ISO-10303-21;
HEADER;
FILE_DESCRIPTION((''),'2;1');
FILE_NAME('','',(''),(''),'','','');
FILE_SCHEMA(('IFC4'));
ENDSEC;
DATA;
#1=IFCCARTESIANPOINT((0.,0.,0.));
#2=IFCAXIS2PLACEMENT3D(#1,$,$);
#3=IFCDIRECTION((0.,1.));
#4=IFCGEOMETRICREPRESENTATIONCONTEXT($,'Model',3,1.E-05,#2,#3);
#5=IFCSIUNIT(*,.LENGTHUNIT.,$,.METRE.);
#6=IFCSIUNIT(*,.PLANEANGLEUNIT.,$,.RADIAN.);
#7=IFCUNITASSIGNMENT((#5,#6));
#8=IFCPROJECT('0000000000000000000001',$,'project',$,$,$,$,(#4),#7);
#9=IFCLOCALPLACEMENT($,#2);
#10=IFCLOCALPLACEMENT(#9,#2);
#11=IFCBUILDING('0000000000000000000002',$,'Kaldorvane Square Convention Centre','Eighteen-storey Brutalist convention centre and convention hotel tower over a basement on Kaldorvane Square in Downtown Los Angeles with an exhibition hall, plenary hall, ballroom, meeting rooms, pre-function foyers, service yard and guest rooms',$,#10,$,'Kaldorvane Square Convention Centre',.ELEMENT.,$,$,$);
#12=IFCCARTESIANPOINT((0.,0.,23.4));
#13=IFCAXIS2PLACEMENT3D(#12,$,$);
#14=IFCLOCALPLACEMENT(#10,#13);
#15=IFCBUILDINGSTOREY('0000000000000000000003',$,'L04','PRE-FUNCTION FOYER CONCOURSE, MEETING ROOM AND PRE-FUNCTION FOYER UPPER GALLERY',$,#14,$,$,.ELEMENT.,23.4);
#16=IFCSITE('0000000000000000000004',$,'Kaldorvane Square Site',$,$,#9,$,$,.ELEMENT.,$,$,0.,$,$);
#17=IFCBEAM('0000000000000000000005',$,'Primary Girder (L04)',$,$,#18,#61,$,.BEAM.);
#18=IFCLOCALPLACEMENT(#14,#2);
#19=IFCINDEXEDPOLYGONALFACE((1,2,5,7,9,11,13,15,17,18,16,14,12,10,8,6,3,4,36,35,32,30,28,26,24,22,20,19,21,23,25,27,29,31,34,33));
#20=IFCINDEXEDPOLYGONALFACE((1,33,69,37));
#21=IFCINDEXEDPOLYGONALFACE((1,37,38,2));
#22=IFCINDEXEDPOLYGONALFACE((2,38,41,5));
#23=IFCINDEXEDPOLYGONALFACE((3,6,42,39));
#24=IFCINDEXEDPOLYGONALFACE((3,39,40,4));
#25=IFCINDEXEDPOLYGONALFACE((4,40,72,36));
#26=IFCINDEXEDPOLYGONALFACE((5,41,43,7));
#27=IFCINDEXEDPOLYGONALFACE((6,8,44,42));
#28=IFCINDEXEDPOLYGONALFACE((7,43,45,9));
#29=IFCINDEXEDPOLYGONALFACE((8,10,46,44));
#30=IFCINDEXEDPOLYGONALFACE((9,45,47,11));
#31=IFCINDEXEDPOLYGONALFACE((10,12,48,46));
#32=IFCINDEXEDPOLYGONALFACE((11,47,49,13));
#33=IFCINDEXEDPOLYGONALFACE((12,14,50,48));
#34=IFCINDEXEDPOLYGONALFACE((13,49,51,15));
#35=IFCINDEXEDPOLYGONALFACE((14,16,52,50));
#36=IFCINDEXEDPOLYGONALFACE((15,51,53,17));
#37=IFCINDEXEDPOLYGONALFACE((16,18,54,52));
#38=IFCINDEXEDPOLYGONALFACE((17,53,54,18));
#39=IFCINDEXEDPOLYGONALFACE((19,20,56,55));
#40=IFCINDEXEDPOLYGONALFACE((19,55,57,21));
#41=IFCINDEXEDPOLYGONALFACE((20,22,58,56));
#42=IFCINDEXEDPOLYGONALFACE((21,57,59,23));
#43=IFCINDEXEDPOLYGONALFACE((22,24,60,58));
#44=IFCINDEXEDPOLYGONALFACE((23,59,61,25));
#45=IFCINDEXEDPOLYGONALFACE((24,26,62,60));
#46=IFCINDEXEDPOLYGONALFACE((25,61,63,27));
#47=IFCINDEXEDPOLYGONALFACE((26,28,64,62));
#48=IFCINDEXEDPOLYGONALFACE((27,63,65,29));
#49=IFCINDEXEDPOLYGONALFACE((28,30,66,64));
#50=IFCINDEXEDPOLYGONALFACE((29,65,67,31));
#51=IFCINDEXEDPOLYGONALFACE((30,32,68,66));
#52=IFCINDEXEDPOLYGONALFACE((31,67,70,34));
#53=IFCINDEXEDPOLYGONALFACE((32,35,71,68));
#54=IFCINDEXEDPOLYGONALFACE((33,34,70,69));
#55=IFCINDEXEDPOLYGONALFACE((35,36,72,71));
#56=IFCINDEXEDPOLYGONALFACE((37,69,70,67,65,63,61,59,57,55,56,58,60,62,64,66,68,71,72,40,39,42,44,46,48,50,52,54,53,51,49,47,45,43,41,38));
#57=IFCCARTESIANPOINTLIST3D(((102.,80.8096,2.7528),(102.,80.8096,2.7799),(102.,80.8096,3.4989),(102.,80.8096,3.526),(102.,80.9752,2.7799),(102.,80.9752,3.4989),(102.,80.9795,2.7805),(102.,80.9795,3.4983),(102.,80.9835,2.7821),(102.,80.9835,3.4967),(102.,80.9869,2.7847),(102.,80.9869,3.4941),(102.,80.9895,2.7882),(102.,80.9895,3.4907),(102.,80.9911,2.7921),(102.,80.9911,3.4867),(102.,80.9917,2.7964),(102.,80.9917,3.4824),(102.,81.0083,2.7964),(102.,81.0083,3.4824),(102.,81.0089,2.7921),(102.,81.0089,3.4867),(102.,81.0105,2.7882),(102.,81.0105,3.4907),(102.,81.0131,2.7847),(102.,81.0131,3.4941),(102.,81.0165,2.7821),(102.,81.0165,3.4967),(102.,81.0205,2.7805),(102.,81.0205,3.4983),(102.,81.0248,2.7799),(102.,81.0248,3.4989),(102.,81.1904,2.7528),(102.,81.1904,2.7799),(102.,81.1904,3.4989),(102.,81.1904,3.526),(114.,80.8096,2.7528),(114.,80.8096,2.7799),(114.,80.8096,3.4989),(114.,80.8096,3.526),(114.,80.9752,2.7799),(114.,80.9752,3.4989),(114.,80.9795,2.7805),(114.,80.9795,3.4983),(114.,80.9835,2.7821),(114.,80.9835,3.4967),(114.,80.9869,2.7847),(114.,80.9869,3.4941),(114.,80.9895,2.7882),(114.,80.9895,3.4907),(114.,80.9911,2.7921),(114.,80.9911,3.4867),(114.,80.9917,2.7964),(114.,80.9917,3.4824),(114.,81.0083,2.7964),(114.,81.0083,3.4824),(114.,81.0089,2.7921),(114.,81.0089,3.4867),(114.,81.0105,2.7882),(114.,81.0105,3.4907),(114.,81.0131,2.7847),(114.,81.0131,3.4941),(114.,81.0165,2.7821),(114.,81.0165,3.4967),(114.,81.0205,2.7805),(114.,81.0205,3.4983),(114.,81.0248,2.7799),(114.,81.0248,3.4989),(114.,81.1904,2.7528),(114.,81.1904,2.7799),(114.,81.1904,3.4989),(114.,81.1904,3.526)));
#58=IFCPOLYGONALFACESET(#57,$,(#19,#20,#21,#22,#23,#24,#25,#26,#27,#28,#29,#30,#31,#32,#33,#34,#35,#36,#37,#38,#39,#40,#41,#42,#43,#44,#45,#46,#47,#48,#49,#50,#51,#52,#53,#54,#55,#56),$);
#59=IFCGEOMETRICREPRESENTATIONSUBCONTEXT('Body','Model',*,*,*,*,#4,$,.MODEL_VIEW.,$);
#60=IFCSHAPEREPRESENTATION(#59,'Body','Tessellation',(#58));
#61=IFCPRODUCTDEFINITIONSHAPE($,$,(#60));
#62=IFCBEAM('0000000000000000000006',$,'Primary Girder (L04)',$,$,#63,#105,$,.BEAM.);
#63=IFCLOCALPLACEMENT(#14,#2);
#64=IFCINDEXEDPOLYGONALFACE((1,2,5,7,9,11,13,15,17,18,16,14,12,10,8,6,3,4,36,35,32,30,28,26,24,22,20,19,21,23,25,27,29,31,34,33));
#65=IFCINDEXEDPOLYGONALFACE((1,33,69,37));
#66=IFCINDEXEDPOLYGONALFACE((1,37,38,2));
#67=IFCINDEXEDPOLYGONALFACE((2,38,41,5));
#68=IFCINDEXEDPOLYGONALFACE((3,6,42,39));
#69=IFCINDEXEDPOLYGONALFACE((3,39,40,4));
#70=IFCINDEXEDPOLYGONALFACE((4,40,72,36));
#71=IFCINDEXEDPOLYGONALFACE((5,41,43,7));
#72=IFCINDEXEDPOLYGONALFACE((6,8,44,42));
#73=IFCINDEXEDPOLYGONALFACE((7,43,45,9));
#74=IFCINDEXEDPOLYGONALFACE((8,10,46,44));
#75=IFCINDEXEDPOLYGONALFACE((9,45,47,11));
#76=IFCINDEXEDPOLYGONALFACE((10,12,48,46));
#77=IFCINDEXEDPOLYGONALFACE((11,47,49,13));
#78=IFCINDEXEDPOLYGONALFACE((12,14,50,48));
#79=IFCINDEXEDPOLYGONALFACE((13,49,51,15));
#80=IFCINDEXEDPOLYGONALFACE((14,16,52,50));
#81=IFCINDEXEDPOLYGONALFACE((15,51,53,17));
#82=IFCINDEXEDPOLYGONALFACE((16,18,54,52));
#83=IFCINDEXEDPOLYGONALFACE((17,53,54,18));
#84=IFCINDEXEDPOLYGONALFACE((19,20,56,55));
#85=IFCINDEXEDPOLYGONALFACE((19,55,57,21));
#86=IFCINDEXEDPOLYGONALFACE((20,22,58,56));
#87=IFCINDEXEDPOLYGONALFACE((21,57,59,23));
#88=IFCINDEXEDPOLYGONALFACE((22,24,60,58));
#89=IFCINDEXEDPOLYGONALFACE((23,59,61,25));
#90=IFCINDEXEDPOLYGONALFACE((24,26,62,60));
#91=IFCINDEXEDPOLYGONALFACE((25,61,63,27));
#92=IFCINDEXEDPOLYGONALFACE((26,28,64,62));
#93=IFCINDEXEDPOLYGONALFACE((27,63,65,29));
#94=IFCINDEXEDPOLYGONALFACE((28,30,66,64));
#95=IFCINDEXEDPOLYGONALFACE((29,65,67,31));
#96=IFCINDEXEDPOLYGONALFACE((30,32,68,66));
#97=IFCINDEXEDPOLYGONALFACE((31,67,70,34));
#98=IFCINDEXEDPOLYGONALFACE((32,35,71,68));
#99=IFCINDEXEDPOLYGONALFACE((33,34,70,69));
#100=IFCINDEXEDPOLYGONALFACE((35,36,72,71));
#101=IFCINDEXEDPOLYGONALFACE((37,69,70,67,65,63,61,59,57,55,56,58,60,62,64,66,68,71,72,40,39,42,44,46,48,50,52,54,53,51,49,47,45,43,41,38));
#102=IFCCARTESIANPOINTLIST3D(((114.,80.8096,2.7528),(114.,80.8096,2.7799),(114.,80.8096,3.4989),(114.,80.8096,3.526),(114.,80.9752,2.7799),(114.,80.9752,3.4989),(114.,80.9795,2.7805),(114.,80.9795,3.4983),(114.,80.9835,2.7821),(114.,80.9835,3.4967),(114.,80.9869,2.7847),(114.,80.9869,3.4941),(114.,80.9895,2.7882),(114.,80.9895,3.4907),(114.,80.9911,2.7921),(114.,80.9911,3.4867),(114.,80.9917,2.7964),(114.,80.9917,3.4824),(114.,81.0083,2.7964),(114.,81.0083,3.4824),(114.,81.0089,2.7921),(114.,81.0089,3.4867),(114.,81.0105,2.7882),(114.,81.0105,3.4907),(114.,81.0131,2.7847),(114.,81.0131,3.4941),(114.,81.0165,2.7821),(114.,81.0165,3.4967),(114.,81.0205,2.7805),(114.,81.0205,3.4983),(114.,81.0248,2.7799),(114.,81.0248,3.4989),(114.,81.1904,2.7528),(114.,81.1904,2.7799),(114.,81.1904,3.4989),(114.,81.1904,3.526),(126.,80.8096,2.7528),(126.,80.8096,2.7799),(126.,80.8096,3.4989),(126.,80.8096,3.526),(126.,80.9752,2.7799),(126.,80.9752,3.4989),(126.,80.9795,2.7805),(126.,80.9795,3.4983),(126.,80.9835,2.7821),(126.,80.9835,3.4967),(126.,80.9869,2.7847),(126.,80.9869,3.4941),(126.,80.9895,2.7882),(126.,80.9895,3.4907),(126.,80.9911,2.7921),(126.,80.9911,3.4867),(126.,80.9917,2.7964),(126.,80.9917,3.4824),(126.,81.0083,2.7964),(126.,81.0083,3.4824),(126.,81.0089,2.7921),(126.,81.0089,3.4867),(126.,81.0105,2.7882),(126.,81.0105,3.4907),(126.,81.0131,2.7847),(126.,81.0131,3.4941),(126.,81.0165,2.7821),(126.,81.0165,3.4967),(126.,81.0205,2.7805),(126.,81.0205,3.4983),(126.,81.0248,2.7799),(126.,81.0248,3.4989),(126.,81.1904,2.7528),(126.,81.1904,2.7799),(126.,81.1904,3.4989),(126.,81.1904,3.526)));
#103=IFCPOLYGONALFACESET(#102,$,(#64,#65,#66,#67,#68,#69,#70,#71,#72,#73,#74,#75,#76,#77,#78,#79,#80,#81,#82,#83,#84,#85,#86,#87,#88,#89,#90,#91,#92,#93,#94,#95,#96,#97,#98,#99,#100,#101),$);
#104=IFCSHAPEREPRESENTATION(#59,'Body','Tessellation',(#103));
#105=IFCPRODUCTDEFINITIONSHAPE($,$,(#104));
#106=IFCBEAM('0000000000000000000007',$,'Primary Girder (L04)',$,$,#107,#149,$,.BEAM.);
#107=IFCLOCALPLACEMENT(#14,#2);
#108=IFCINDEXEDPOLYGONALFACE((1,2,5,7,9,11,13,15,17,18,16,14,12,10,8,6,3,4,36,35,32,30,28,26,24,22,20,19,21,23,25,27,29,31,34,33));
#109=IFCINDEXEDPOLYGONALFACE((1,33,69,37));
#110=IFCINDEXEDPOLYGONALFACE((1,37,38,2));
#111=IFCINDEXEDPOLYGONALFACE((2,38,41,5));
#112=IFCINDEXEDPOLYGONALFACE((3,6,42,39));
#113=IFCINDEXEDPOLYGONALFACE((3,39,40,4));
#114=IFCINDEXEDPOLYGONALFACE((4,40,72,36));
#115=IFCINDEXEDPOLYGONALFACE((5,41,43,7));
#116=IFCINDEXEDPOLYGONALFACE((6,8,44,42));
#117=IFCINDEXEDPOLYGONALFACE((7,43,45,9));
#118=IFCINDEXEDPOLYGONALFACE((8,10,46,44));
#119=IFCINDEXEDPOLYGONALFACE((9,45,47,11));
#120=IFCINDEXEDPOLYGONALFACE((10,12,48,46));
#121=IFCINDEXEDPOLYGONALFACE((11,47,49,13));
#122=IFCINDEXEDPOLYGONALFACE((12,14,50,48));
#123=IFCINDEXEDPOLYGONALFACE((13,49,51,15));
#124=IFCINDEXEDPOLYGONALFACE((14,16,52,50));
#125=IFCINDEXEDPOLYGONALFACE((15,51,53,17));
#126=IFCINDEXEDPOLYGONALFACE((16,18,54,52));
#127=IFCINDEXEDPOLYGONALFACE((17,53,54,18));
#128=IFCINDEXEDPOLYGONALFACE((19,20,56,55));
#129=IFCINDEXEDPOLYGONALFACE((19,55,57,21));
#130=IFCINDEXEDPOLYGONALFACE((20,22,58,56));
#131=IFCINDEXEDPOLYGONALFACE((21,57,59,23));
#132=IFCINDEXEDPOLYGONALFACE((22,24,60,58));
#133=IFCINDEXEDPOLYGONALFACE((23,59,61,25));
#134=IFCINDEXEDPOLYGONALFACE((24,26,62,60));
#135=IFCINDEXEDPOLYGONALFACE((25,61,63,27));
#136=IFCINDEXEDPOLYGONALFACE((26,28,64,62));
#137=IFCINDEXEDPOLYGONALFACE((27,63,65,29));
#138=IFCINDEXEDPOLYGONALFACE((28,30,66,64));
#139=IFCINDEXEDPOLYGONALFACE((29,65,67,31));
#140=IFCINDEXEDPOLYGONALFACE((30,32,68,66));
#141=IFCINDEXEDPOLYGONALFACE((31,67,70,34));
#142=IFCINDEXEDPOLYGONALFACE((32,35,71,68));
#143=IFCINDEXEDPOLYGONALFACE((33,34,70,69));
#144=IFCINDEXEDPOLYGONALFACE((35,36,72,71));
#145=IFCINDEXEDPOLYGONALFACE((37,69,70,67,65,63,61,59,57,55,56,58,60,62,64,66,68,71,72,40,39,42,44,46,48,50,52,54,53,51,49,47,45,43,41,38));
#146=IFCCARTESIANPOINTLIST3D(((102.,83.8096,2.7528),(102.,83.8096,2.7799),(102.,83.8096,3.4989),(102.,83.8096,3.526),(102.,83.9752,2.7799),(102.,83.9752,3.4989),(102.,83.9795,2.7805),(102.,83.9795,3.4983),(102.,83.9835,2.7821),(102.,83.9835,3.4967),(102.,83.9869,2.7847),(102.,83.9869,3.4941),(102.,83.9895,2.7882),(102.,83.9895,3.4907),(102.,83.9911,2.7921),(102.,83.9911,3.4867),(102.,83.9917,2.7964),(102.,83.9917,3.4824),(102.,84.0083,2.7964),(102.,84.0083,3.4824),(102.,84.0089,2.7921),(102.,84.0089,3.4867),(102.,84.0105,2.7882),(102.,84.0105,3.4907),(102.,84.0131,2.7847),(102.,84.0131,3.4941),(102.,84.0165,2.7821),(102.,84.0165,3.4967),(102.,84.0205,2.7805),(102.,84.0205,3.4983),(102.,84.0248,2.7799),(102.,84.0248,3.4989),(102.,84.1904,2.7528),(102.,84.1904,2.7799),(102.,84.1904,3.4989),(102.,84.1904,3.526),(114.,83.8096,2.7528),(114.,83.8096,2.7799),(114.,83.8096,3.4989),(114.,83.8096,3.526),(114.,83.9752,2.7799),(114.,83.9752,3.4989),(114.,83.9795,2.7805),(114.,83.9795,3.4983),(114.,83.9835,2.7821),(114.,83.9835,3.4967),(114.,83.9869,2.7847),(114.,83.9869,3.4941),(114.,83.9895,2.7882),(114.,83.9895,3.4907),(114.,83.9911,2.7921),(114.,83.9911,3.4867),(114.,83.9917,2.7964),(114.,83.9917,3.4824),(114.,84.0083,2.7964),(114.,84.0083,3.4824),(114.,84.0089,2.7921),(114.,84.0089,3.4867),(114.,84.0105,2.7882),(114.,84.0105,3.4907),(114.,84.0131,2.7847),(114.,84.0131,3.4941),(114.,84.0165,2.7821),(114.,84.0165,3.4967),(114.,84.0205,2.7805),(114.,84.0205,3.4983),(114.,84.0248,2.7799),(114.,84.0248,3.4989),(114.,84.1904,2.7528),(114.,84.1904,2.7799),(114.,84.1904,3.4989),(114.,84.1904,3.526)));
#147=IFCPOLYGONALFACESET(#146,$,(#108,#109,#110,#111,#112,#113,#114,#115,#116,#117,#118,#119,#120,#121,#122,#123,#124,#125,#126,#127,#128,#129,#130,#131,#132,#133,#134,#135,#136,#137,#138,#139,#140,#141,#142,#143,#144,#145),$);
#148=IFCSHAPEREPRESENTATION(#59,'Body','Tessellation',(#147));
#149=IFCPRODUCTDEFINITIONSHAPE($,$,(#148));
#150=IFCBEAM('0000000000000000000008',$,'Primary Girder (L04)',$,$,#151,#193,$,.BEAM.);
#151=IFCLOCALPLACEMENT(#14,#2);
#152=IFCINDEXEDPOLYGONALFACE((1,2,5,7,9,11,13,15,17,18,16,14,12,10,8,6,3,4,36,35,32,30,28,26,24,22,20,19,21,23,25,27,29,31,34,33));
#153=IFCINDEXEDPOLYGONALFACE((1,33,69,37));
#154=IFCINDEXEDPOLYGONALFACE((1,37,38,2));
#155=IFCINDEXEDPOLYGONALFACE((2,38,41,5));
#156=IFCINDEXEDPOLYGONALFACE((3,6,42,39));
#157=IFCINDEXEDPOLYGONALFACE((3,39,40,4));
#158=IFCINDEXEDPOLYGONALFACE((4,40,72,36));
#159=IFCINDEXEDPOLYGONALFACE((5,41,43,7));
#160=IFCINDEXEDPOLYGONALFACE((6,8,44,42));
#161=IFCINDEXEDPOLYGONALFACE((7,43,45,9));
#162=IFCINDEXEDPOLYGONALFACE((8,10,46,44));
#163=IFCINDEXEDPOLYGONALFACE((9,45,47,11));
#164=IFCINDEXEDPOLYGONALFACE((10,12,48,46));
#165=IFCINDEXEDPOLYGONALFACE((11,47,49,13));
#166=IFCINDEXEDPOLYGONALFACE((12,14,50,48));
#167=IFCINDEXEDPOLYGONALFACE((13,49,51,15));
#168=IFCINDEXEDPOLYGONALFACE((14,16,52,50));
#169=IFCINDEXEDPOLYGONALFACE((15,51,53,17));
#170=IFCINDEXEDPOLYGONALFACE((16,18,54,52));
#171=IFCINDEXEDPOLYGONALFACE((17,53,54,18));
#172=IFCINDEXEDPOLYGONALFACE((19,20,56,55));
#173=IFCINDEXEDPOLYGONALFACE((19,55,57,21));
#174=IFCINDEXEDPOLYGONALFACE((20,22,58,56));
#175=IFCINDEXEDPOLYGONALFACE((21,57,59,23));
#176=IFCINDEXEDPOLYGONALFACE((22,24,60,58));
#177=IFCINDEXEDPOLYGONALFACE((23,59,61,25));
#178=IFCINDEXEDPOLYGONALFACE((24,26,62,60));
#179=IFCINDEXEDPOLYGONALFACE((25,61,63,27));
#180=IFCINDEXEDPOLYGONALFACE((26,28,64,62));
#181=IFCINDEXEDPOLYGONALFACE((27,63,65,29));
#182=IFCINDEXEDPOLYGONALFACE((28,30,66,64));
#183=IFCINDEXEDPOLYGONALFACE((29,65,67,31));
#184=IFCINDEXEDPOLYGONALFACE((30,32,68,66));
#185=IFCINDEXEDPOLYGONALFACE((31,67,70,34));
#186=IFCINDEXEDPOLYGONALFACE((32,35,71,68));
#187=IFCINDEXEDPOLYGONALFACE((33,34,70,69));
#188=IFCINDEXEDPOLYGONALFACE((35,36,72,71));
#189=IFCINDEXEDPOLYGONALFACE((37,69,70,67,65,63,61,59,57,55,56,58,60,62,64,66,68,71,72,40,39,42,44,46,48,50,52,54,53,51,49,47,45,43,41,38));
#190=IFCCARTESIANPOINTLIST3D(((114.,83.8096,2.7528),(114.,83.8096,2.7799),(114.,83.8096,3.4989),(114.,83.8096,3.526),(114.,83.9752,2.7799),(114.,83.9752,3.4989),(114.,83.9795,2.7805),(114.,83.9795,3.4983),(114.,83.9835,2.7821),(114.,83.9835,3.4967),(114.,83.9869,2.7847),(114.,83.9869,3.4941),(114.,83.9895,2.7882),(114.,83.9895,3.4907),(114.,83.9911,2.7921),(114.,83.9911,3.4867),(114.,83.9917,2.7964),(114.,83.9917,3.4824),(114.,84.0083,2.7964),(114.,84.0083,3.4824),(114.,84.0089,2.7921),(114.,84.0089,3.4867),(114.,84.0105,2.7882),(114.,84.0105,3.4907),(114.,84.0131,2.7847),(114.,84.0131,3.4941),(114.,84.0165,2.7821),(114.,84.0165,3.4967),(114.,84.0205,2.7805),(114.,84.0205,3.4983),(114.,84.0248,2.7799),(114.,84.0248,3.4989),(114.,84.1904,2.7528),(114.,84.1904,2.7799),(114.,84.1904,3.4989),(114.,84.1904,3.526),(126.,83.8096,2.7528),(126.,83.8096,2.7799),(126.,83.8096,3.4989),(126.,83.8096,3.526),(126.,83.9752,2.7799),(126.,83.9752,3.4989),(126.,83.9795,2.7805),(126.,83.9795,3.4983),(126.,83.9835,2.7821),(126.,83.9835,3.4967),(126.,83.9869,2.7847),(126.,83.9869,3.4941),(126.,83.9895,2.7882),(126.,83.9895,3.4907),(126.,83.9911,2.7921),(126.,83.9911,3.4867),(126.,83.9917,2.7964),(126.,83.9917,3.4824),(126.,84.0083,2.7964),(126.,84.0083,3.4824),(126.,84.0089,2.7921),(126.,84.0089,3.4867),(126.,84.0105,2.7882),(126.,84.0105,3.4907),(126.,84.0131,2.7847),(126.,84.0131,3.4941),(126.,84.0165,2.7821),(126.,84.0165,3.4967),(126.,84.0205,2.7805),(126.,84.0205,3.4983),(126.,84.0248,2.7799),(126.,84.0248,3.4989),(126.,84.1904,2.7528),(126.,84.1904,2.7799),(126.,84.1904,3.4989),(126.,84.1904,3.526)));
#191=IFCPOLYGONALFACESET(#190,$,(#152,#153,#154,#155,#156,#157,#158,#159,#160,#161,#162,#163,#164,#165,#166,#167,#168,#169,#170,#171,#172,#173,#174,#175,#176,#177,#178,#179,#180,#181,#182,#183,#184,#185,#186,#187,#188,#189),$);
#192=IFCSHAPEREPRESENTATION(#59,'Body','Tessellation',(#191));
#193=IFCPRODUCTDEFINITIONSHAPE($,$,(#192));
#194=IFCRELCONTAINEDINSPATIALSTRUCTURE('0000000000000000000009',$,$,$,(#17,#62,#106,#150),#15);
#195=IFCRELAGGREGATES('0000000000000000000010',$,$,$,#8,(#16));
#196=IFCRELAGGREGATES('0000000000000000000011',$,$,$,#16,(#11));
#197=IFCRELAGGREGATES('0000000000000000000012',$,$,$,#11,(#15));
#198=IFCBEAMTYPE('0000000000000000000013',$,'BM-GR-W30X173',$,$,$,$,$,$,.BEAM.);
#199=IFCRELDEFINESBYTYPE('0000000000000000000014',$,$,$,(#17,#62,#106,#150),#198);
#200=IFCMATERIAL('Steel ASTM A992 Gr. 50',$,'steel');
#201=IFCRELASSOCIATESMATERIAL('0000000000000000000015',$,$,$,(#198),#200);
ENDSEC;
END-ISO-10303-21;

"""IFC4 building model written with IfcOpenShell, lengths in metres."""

from ifc_helpers import new_model, si_unit, direction, frame, origin, origin_2d, place, context, subcontext, project, spatial, i_section, extrude, material, material_profile, profile_set, type_object, element, save


model = new_model("IFC4")

# Units and contexts
model_context = context("Model", 3, precision=1e-05, world=origin(), true_north=direction((0.0, 1.0)))
body_context = subcontext(model_context, "Body", "Model", "MODEL_VIEW")
ifc_project = project(units=[si_unit("LENGTHUNIT", "METRE"), si_unit("PLANEANGLEUNIT", "RADIAN")], contexts=[model_context])

# Site, building, storey
site_placement = place(None, origin())
site = spatial("IfcSite", under=ifc_project, at=site_placement, Name="Kaldorvane Square Site", CompositionType="ELEMENT", RefElevation=0.0)
building_placement = place(site_placement, origin())
building = spatial("IfcBuilding", under=site, at=building_placement, Name="Kaldorvane Square Convention Centre", Description="Eighteen-storey Brutalist convention centre and convention hotel tower over a basement on Kaldorvane Square in Downtown Los Angeles with an exhibition hall, plenary hall, ballroom, meeting rooms, pre-function foyers, service yard and guest rooms", LongName="Kaldorvane Square Convention Centre", CompositionType="ELEMENT")
storey_placement = place(building_placement, frame((0.0, 0.0, 23.4)))
storey = spatial("IfcBuildingStorey", under=building, at=storey_placement, Name="L04", Description="PRE-FUNCTION FOYER CONCOURSE, MEETING ROOM AND PRE-FUNCTION FOYER UPPER GALLERY", CompositionType="ELEMENT", Elevation=23.4)

# Shared definitions
ifc_material = material(Name="Steel ASTM A992 Gr. 50", Category="steel")

# Beams
ifc_material_profile_1 = material_profile(ifc_material, i_section(OverallWidth=0.3807, OverallDepth=0.7732, WebThickness=0.0166, FlangeThickness=0.0271, FilletRadius=0.0165, at=origin_2d()), Name="W30X173")
ifc_profile_set_1 = profile_set([ifc_material_profile_1], Name="Steel ASTM A992 Gr. 50")
beam_type_1 = type_object("IfcBeamType", Name="BM-GR-W30X173", PredefinedType="BEAM", material=ifc_profile_set_1)
for number, where, z_axis, x_axis, name in (
    (1, (102.0, 81.0, 3.1394), (1.0, 0.0, 0.0), (0.0, 1.0, 0.0), "Primary Girder (L04)"),
    (2, (114.0, 81.0, 3.1394), (1.0, 0.0, 0.0), (0.0, 1.0, 0.0), "Primary Girder (L04)"),
    (3, (102.0, 84.0, 3.1394), (1.0, 0.0, 0.0), (0.0, 1.0, 0.0), "Primary Girder (L04)"),
    (4, (114.0, 84.0, 3.1394), (1.0, 0.0, 0.0), (0.0, 1.0, 0.0), "Primary Girder (L04)"),
):
    element("IfcBeam", number, at=place(storey_placement, frame(where, z_axis=z_axis, x_axis=x_axis)), inside=storey, type_object=beam_type_1, Name=name, PredefinedType="BEAM", context=body_context, shape_type="SweptSolid", body=[
        extrude(i_section(OverallWidth=0.3807, OverallDepth=0.7732, WebThickness=0.0166, FlangeThickness=0.0271, FilletRadius=0.0165, at=origin_2d()), origin(), (0.0, 0.0, 1.0), 12.0),
    ])

save(model, "model.ifc")
